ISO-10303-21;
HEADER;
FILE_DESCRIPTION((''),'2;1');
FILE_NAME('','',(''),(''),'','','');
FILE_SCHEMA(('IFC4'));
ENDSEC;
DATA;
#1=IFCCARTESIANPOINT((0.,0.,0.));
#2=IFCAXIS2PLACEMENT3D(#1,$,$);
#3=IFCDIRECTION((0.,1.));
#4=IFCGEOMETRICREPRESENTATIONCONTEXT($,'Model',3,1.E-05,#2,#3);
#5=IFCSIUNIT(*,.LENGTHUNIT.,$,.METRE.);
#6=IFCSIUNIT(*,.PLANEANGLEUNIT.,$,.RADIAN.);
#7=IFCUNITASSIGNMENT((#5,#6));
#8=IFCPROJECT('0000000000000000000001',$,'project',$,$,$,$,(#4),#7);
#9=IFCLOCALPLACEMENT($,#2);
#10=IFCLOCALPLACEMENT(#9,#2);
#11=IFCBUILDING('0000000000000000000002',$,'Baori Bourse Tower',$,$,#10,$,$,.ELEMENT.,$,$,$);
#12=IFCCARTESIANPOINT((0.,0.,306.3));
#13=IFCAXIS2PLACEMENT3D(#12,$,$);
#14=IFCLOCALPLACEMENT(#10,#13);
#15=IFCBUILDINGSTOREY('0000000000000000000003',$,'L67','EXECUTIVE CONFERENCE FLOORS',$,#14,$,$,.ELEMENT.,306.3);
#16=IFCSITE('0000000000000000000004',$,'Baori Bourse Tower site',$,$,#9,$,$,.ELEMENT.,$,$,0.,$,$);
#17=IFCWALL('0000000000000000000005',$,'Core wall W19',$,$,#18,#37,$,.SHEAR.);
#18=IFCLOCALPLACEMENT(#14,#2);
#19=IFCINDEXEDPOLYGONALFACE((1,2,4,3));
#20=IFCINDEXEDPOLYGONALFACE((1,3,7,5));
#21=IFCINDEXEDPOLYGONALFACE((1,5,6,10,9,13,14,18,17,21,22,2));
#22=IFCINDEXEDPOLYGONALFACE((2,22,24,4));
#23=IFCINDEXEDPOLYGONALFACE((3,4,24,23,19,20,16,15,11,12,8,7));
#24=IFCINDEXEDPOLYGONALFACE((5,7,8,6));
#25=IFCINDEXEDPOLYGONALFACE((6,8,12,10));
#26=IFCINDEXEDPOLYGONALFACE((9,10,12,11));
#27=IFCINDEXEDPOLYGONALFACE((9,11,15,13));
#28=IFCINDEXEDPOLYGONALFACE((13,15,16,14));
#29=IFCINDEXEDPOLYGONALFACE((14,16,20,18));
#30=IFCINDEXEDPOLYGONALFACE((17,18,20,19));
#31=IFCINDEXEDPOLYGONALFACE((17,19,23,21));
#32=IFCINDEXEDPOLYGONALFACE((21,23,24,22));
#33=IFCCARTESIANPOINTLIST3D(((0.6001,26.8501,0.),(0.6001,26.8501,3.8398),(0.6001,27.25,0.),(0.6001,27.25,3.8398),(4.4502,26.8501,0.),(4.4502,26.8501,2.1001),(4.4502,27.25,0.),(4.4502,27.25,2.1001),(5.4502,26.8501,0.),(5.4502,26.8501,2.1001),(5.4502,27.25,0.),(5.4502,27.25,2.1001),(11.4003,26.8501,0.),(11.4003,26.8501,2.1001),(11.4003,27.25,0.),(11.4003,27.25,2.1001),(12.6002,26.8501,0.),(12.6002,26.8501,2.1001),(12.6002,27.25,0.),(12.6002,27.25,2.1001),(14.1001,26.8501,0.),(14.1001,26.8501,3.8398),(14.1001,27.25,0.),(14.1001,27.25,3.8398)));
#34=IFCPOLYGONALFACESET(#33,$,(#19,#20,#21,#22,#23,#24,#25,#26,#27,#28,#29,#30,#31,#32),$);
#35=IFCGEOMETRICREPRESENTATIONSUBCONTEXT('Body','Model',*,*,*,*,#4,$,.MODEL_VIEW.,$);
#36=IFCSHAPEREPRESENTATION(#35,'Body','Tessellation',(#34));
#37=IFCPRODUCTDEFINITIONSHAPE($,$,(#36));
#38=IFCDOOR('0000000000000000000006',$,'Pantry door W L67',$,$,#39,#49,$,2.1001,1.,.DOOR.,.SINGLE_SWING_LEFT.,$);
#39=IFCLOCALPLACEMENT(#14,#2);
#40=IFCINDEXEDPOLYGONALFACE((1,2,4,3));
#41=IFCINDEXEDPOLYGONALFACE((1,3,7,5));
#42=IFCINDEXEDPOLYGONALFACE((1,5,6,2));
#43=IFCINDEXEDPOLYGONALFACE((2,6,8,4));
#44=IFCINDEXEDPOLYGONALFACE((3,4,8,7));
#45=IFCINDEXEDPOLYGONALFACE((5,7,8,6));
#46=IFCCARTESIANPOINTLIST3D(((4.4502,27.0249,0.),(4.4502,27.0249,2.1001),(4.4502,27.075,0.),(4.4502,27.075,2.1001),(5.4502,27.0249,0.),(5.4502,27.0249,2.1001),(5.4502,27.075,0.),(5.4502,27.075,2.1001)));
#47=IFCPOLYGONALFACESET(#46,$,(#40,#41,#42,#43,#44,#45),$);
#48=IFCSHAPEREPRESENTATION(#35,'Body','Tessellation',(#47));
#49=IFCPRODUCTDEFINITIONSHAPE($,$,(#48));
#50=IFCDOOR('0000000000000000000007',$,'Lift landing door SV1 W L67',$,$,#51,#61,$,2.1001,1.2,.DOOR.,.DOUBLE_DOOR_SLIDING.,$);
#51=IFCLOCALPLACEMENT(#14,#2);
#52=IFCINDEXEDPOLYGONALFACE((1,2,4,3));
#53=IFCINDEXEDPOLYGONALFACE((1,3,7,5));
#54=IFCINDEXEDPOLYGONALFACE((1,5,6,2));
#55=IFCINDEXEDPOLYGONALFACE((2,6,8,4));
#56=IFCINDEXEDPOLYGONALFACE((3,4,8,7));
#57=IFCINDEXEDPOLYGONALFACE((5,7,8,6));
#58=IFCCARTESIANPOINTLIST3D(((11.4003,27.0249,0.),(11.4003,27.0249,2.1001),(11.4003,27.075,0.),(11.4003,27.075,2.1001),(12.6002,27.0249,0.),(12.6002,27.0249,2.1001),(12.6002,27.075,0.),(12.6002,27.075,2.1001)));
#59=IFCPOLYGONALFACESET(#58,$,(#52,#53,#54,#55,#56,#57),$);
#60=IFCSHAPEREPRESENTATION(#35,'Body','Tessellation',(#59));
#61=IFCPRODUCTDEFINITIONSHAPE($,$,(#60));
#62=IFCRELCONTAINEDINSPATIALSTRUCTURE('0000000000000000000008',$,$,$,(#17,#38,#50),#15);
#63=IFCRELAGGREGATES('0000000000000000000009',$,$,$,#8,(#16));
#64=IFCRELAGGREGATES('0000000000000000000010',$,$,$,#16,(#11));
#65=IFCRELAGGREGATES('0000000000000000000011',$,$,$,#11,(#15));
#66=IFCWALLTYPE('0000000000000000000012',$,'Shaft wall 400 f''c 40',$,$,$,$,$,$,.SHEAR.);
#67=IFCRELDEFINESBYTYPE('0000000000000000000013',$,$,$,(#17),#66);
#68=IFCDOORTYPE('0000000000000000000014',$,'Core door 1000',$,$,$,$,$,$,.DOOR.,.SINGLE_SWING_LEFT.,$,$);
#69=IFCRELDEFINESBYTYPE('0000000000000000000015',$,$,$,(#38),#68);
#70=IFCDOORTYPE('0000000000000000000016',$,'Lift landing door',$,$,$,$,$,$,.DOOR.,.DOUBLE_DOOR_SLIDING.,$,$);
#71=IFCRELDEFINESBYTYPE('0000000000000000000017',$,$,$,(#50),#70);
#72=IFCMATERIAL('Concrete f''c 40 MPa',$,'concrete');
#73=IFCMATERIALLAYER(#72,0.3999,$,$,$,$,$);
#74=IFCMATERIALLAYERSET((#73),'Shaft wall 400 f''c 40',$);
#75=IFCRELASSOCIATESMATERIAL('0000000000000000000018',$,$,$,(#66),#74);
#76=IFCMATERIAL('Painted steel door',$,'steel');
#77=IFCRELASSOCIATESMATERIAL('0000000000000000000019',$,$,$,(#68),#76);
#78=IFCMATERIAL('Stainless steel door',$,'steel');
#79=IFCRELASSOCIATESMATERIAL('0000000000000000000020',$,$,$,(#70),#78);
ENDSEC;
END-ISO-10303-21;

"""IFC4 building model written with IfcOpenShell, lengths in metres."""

from ifc_helpers import new_model, si_unit, direction, frame, frame_2d, origin, place, context, subcontext, project, spatial, rectangle, extrude, material, layer, layer_set, type_object, element, fill, save


model = new_model("IFC4")

# Units and contexts
model_context = context("Model", 3, precision=1e-05, world=origin(), true_north=direction((0.0, 1.0)))
body_context = subcontext(model_context, "Body", "Model", "MODEL_VIEW")
ifc_project = project(units=[si_unit("LENGTHUNIT", "METRE"), si_unit("PLANEANGLEUNIT", "RADIAN")], contexts=[model_context])

# Site, building, storey
site_placement = place(None, origin())
site = spatial("IfcSite", under=ifc_project, at=site_placement, Name="Baori Bourse Tower site", CompositionType="ELEMENT", RefElevation=0.0)
building_placement = place(site_placement, origin())
building = spatial("IfcBuilding", under=site, at=building_placement, Name="Baori Bourse Tower", CompositionType="ELEMENT")
storey_placement = place(building_placement, frame((0.0, 0.0, 306.3)))
storey = spatial("IfcBuildingStorey", under=building, at=storey_placement, Name="L67", Description="EXECUTIVE CONFERENCE FLOORS", CompositionType="ELEMENT", Elevation=306.3)

# Wall, openings, doors
ifc_material_1 = material(Name="Concrete f'c 40 MPa", Category="concrete")
ifc_layer_1 = layer(ifc_material_1, 0.3999)
ifc_layer_set_1 = layer_set([ifc_layer_1], Name="Shaft wall 400 f'c 40")
wall_type_1 = type_object("IfcWallType", Name="Shaft wall 400 f'c 40", PredefinedType="SHEAR", material=ifc_layer_set_1)
wall_1_placement = place(storey_placement, frame((0.6001, 27.05, 0.0), z_axis=(0.0, 0.0, 1.0), x_axis=(1.0, 0.0, 0.0)))
wall_1 = element("IfcWall", 1, at=wall_1_placement, inside=storey, type_object=wall_type_1, Name="Core wall W19", PredefinedType="SHEAR", context=body_context, shape_type="SweptSolid", body=[
    extrude(rectangle(XDim=13.5, YDim=0.3999, at=frame_2d((6.75, 0.0))), origin(), (0.0, 0.0, 1.0), 3.8398),
])
opening_1_placement = place(wall_1_placement, frame((3.8501, 0.0, 0.0)))
opening_1 = element("IfcOpeningElement", 2, at=opening_1_placement, cuts=wall_1, PredefinedType="OPENING", context=body_context, shape_type="SweptSolid", body=[
    extrude(rectangle(XDim=1.0, YDim=2.1001, at=frame_2d((0.5, 1.05))), frame((0.0, 0.21, 0.0), z_axis=(0.0, -1.0, 0.0), x_axis=(1.0, 0.0, 0.0)), (0.0, 0.0, 1.0), 0.4199),
])
opening_2_placement = place(wall_1_placement, frame((10.8, 0.0, 0.0)))
opening_2 = element("IfcOpeningElement", 3, at=opening_2_placement, cuts=wall_1, PredefinedType="OPENING", context=body_context, shape_type="SweptSolid", body=[
    extrude(rectangle(XDim=1.2, YDim=2.1001, at=frame_2d((0.6001, 1.05))), frame((0.0, 0.21, 0.0), z_axis=(0.0, -1.0, 0.0), x_axis=(1.0, 0.0, 0.0)), (0.0, 0.0, 1.0), 0.4199),
])
ifc_material_2 = material(Name="Painted steel door", Category="steel")
door_type_1 = type_object("IfcDoorType", Name="Core door 1000", OperationType="SINGLE_SWING_LEFT", PredefinedType="DOOR", material=ifc_material_2)
door_1_placement = place(opening_1_placement, origin())
door_1 = element("IfcDoor", 4, at=door_1_placement, inside=storey, type_object=door_type_1, Name="Pantry door W L67", OperationType="SINGLE_SWING_LEFT", OverallHeight=2.1001, OverallWidth=1.0, PredefinedType="DOOR", context=body_context, shape_type="SweptSolid", body=[
    extrude(rectangle(XDim=1.0, YDim=2.1001, at=frame_2d((0.5, 1.05))), frame((0.0, 0.0249, 0.0), z_axis=(0.0, -1.0, 0.0), x_axis=(1.0, 0.0, 0.0)), (0.0, 0.0, 1.0), 0.05),
])
fill(opening_1, door_1)
ifc_material_3 = material(Name="Stainless steel door", Category="steel")
door_type_2 = type_object("IfcDoorType", Name="Lift landing door", OperationType="DOUBLE_DOOR_SLIDING", PredefinedType="DOOR", material=ifc_material_3)
door_2_placement = place(opening_2_placement, origin())
door_2 = element("IfcDoor", 5, at=door_2_placement, inside=storey, type_object=door_type_2, Name="Lift landing door SV1 W L67", OperationType="DOUBLE_DOOR_SLIDING", OverallHeight=2.1001, OverallWidth=1.2, PredefinedType="DOOR", context=body_context, shape_type="SweptSolid", body=[
    extrude(rectangle(XDim=1.2, YDim=2.1001, at=frame_2d((0.6001, 1.05))), frame((0.0, 0.0249, 0.0), z_axis=(0.0, -1.0, 0.0), x_axis=(1.0, 0.0, 0.0)), (0.0, 0.0, 1.0), 0.05),
])
fill(opening_2, door_2)

save(model, "model.ifc")
